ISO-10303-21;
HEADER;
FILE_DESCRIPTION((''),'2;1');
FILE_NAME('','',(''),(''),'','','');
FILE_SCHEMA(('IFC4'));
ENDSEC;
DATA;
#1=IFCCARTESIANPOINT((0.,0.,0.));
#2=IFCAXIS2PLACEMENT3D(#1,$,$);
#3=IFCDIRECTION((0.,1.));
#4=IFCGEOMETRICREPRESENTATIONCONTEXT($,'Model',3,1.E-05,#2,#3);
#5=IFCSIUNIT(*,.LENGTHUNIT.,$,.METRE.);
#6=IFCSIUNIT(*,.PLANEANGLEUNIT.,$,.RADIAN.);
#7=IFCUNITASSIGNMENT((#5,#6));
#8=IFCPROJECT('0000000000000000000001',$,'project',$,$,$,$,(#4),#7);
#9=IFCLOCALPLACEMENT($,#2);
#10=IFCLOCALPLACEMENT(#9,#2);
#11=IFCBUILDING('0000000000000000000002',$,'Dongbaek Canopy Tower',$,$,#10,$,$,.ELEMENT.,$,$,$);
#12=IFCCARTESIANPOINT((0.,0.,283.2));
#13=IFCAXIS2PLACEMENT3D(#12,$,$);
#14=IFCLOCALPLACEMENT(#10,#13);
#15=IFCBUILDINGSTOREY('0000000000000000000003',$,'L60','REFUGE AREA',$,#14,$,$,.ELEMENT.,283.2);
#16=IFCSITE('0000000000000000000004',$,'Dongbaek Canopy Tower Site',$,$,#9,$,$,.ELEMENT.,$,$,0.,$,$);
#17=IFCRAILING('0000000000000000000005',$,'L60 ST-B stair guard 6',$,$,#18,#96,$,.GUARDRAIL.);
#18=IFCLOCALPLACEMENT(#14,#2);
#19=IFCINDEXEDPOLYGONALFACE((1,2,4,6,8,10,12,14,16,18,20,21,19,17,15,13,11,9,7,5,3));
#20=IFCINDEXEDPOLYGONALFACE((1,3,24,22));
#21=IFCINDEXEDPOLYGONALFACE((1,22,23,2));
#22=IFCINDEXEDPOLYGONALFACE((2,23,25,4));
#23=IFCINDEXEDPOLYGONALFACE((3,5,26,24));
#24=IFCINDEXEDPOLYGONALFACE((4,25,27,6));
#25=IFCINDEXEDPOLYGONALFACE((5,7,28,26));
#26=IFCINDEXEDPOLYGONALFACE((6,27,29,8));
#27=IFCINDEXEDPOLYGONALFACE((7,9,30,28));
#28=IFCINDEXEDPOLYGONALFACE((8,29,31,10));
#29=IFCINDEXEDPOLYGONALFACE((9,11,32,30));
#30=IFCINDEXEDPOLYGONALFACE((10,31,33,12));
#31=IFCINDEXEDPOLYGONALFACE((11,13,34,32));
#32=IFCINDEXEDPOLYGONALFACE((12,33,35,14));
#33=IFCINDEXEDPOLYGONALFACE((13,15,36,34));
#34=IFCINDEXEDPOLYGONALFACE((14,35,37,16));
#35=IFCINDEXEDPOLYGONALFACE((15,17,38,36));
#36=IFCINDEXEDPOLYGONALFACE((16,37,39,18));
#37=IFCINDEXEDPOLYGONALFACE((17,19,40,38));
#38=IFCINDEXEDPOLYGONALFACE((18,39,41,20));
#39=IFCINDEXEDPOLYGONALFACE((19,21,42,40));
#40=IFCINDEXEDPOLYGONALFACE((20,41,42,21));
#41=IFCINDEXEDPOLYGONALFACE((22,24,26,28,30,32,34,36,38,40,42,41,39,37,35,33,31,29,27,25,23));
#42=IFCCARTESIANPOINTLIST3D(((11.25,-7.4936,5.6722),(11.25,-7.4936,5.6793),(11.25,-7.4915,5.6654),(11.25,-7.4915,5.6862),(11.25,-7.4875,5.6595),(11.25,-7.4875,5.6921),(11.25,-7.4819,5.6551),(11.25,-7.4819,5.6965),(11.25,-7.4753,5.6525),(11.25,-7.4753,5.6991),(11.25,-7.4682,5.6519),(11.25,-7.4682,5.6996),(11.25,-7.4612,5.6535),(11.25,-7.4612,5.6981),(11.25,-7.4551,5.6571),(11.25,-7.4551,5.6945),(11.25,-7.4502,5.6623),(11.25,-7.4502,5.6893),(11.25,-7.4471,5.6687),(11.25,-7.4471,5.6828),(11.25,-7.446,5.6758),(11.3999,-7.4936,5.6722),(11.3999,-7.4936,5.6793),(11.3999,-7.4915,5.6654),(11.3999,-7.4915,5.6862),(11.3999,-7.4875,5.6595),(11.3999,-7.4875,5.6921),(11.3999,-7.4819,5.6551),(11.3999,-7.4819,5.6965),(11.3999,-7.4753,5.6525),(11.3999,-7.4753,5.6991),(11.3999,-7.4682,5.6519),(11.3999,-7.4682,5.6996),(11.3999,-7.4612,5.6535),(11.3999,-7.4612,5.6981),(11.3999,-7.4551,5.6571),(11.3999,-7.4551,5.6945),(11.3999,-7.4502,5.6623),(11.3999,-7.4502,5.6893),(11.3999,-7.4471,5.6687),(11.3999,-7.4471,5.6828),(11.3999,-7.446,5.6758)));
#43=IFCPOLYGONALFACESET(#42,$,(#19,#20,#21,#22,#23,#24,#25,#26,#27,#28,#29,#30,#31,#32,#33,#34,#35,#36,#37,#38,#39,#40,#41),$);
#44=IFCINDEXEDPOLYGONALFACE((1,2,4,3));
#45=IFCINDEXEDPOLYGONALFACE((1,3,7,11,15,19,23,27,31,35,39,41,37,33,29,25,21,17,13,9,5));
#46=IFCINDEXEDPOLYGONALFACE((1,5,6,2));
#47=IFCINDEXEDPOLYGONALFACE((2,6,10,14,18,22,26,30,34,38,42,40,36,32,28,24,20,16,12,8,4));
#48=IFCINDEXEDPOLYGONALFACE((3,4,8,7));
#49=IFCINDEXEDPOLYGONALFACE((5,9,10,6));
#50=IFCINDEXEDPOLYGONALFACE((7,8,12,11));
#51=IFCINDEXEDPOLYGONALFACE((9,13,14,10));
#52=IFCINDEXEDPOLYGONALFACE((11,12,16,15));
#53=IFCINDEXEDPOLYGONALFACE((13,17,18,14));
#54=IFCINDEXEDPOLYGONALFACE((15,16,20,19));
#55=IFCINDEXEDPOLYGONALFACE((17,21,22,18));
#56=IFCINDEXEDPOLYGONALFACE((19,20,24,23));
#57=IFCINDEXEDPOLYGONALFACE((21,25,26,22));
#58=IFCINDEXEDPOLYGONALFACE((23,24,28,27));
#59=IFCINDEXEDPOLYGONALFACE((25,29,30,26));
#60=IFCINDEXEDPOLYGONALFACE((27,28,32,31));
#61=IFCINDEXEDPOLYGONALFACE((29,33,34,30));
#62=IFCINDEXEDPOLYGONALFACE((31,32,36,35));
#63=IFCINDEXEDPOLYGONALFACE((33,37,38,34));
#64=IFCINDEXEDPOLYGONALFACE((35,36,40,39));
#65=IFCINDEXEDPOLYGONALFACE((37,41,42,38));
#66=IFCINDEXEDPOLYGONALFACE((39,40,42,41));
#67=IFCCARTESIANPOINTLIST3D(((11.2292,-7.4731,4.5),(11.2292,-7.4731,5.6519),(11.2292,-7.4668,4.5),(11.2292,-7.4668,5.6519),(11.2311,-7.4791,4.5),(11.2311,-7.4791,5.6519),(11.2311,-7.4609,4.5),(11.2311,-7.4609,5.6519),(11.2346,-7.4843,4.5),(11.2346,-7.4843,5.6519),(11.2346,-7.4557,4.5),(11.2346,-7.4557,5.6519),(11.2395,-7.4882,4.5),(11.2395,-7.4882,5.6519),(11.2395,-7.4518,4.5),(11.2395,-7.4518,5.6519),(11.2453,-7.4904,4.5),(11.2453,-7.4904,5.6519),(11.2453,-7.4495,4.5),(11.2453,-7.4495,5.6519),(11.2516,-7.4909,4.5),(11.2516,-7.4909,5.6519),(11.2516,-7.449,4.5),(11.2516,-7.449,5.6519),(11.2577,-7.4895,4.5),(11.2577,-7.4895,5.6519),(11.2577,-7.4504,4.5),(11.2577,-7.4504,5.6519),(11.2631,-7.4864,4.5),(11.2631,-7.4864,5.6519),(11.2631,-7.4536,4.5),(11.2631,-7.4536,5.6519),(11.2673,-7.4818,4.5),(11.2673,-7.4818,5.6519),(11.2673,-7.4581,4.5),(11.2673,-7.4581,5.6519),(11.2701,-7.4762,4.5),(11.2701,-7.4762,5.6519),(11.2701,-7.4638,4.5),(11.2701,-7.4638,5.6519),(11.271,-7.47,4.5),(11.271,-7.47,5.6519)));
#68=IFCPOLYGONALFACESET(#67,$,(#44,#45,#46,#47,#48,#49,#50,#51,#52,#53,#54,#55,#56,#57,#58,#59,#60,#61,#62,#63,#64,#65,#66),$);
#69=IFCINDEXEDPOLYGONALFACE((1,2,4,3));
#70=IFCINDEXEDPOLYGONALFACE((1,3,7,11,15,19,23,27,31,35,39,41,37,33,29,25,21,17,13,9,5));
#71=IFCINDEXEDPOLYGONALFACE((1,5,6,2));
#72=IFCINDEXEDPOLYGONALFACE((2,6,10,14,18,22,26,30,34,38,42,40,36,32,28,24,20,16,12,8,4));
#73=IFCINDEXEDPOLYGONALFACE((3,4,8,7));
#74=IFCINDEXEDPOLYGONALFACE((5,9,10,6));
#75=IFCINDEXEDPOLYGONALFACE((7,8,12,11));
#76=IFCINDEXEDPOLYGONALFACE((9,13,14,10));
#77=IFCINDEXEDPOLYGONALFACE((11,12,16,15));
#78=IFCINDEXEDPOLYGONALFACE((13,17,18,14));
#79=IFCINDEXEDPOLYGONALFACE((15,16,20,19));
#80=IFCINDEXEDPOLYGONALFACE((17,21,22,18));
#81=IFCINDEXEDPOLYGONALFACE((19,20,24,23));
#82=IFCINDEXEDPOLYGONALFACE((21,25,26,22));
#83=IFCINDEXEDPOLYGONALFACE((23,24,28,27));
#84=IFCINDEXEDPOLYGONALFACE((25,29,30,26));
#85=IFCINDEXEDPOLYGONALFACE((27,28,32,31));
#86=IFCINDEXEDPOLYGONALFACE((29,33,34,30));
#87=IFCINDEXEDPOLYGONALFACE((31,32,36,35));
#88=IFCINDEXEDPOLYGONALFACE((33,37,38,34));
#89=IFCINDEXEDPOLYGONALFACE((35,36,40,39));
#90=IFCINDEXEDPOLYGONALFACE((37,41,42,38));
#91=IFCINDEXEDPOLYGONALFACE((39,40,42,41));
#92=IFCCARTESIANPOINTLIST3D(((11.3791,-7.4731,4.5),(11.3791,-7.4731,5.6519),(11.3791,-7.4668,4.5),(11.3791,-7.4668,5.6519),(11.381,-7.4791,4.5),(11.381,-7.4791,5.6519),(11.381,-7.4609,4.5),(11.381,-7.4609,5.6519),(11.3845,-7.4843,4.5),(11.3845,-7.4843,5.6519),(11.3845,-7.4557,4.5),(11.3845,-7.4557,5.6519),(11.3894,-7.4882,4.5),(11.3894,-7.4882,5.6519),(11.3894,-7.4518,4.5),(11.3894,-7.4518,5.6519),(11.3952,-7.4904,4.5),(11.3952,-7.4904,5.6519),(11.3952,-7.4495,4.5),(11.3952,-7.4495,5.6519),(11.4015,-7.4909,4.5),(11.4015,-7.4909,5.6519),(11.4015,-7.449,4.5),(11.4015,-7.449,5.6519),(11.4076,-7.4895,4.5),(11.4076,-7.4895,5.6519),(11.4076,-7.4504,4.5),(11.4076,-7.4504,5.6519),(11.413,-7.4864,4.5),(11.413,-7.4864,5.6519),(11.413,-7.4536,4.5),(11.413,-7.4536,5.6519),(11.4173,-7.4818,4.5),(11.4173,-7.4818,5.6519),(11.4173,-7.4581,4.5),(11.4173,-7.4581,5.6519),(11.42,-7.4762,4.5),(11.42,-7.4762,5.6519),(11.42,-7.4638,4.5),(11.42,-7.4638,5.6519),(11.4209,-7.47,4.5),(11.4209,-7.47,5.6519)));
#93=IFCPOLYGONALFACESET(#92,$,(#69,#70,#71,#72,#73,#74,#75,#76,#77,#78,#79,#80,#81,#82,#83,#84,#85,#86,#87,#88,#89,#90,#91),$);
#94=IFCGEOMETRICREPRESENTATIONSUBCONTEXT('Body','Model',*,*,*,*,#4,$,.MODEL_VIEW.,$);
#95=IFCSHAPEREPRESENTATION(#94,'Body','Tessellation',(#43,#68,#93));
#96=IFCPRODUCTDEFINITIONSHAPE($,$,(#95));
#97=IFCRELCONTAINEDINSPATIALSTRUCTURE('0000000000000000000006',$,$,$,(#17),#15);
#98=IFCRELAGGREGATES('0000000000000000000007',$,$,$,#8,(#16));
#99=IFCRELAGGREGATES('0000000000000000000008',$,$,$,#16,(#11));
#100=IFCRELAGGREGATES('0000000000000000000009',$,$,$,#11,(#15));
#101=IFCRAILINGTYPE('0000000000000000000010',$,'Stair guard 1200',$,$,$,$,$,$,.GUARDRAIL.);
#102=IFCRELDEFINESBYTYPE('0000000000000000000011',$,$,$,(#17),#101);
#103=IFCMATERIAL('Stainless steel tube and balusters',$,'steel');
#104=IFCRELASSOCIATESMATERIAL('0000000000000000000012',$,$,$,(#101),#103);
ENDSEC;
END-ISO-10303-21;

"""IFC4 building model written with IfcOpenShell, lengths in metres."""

from ifc_helpers import new_model, si_unit, direction, frame, origin, origin_2d, place, context, subcontext, project, spatial, circle, extrude, material, type_object, element, save


model = new_model("IFC4")

# Units and contexts
model_context = context("Model", 3, precision=1e-05, world=origin(), true_north=direction((0.0, 1.0)))
body_context = subcontext(model_context, "Body", "Model", "MODEL_VIEW")
ifc_project = project(units=[si_unit("LENGTHUNIT", "METRE"), si_unit("PLANEANGLEUNIT", "RADIAN")], contexts=[model_context])

# Site, building, storey
site_placement = place(None, origin())
site = spatial("IfcSite", under=ifc_project, at=site_placement, Name="Dongbaek Canopy Tower Site", CompositionType="ELEMENT", RefElevation=0.0)
building_placement = place(site_placement, origin())
building = spatial("IfcBuilding", under=site, at=building_placement, Name="Dongbaek Canopy Tower", CompositionType="ELEMENT")
storey_placement = place(building_placement, frame((0.0, 0.0, 283.2)))
storey = spatial("IfcBuildingStorey", under=building, at=storey_placement, Name="L60", Description="REFUGE AREA", CompositionType="ELEMENT", Elevation=283.2)

# Railing
ifc_material_1 = material(Name="Stainless steel tube and balusters", Category="steel")
railing_type = type_object("IfcRailingType", Name="Stair guard 1200", PredefinedType="GUARDRAIL", material=ifc_material_1)
railing_1_placement = place(storey_placement, frame((11.25, -7.47, 4.5)))
element("IfcRailing", 1, at=railing_1_placement, inside=storey, type_object=railing_type, Name="L60 ST-B stair guard 6", PredefinedType="GUARDRAIL", context=body_context, shape_type="SweptSolid", body=[
    extrude(circle(Radius=0.0239, at=origin_2d()), frame((0.0, 0.0, 1.1758), z_axis=(1.0, 0.0, 0.0), x_axis=(0.0, 1.0, 0.0)), (0.0, 0.0, 1.0), 0.1499),
    extrude(circle(Radius=0.021, at=origin_2d()), origin(), (0.0, 0.0, 1.0), 1.1519),
    extrude(circle(Radius=0.021, at=origin_2d()), frame((0.1499, 0.0, 0.0)), (0.0, 0.0, 1.0), 1.1519),
])

save(model, "model.ifc")
